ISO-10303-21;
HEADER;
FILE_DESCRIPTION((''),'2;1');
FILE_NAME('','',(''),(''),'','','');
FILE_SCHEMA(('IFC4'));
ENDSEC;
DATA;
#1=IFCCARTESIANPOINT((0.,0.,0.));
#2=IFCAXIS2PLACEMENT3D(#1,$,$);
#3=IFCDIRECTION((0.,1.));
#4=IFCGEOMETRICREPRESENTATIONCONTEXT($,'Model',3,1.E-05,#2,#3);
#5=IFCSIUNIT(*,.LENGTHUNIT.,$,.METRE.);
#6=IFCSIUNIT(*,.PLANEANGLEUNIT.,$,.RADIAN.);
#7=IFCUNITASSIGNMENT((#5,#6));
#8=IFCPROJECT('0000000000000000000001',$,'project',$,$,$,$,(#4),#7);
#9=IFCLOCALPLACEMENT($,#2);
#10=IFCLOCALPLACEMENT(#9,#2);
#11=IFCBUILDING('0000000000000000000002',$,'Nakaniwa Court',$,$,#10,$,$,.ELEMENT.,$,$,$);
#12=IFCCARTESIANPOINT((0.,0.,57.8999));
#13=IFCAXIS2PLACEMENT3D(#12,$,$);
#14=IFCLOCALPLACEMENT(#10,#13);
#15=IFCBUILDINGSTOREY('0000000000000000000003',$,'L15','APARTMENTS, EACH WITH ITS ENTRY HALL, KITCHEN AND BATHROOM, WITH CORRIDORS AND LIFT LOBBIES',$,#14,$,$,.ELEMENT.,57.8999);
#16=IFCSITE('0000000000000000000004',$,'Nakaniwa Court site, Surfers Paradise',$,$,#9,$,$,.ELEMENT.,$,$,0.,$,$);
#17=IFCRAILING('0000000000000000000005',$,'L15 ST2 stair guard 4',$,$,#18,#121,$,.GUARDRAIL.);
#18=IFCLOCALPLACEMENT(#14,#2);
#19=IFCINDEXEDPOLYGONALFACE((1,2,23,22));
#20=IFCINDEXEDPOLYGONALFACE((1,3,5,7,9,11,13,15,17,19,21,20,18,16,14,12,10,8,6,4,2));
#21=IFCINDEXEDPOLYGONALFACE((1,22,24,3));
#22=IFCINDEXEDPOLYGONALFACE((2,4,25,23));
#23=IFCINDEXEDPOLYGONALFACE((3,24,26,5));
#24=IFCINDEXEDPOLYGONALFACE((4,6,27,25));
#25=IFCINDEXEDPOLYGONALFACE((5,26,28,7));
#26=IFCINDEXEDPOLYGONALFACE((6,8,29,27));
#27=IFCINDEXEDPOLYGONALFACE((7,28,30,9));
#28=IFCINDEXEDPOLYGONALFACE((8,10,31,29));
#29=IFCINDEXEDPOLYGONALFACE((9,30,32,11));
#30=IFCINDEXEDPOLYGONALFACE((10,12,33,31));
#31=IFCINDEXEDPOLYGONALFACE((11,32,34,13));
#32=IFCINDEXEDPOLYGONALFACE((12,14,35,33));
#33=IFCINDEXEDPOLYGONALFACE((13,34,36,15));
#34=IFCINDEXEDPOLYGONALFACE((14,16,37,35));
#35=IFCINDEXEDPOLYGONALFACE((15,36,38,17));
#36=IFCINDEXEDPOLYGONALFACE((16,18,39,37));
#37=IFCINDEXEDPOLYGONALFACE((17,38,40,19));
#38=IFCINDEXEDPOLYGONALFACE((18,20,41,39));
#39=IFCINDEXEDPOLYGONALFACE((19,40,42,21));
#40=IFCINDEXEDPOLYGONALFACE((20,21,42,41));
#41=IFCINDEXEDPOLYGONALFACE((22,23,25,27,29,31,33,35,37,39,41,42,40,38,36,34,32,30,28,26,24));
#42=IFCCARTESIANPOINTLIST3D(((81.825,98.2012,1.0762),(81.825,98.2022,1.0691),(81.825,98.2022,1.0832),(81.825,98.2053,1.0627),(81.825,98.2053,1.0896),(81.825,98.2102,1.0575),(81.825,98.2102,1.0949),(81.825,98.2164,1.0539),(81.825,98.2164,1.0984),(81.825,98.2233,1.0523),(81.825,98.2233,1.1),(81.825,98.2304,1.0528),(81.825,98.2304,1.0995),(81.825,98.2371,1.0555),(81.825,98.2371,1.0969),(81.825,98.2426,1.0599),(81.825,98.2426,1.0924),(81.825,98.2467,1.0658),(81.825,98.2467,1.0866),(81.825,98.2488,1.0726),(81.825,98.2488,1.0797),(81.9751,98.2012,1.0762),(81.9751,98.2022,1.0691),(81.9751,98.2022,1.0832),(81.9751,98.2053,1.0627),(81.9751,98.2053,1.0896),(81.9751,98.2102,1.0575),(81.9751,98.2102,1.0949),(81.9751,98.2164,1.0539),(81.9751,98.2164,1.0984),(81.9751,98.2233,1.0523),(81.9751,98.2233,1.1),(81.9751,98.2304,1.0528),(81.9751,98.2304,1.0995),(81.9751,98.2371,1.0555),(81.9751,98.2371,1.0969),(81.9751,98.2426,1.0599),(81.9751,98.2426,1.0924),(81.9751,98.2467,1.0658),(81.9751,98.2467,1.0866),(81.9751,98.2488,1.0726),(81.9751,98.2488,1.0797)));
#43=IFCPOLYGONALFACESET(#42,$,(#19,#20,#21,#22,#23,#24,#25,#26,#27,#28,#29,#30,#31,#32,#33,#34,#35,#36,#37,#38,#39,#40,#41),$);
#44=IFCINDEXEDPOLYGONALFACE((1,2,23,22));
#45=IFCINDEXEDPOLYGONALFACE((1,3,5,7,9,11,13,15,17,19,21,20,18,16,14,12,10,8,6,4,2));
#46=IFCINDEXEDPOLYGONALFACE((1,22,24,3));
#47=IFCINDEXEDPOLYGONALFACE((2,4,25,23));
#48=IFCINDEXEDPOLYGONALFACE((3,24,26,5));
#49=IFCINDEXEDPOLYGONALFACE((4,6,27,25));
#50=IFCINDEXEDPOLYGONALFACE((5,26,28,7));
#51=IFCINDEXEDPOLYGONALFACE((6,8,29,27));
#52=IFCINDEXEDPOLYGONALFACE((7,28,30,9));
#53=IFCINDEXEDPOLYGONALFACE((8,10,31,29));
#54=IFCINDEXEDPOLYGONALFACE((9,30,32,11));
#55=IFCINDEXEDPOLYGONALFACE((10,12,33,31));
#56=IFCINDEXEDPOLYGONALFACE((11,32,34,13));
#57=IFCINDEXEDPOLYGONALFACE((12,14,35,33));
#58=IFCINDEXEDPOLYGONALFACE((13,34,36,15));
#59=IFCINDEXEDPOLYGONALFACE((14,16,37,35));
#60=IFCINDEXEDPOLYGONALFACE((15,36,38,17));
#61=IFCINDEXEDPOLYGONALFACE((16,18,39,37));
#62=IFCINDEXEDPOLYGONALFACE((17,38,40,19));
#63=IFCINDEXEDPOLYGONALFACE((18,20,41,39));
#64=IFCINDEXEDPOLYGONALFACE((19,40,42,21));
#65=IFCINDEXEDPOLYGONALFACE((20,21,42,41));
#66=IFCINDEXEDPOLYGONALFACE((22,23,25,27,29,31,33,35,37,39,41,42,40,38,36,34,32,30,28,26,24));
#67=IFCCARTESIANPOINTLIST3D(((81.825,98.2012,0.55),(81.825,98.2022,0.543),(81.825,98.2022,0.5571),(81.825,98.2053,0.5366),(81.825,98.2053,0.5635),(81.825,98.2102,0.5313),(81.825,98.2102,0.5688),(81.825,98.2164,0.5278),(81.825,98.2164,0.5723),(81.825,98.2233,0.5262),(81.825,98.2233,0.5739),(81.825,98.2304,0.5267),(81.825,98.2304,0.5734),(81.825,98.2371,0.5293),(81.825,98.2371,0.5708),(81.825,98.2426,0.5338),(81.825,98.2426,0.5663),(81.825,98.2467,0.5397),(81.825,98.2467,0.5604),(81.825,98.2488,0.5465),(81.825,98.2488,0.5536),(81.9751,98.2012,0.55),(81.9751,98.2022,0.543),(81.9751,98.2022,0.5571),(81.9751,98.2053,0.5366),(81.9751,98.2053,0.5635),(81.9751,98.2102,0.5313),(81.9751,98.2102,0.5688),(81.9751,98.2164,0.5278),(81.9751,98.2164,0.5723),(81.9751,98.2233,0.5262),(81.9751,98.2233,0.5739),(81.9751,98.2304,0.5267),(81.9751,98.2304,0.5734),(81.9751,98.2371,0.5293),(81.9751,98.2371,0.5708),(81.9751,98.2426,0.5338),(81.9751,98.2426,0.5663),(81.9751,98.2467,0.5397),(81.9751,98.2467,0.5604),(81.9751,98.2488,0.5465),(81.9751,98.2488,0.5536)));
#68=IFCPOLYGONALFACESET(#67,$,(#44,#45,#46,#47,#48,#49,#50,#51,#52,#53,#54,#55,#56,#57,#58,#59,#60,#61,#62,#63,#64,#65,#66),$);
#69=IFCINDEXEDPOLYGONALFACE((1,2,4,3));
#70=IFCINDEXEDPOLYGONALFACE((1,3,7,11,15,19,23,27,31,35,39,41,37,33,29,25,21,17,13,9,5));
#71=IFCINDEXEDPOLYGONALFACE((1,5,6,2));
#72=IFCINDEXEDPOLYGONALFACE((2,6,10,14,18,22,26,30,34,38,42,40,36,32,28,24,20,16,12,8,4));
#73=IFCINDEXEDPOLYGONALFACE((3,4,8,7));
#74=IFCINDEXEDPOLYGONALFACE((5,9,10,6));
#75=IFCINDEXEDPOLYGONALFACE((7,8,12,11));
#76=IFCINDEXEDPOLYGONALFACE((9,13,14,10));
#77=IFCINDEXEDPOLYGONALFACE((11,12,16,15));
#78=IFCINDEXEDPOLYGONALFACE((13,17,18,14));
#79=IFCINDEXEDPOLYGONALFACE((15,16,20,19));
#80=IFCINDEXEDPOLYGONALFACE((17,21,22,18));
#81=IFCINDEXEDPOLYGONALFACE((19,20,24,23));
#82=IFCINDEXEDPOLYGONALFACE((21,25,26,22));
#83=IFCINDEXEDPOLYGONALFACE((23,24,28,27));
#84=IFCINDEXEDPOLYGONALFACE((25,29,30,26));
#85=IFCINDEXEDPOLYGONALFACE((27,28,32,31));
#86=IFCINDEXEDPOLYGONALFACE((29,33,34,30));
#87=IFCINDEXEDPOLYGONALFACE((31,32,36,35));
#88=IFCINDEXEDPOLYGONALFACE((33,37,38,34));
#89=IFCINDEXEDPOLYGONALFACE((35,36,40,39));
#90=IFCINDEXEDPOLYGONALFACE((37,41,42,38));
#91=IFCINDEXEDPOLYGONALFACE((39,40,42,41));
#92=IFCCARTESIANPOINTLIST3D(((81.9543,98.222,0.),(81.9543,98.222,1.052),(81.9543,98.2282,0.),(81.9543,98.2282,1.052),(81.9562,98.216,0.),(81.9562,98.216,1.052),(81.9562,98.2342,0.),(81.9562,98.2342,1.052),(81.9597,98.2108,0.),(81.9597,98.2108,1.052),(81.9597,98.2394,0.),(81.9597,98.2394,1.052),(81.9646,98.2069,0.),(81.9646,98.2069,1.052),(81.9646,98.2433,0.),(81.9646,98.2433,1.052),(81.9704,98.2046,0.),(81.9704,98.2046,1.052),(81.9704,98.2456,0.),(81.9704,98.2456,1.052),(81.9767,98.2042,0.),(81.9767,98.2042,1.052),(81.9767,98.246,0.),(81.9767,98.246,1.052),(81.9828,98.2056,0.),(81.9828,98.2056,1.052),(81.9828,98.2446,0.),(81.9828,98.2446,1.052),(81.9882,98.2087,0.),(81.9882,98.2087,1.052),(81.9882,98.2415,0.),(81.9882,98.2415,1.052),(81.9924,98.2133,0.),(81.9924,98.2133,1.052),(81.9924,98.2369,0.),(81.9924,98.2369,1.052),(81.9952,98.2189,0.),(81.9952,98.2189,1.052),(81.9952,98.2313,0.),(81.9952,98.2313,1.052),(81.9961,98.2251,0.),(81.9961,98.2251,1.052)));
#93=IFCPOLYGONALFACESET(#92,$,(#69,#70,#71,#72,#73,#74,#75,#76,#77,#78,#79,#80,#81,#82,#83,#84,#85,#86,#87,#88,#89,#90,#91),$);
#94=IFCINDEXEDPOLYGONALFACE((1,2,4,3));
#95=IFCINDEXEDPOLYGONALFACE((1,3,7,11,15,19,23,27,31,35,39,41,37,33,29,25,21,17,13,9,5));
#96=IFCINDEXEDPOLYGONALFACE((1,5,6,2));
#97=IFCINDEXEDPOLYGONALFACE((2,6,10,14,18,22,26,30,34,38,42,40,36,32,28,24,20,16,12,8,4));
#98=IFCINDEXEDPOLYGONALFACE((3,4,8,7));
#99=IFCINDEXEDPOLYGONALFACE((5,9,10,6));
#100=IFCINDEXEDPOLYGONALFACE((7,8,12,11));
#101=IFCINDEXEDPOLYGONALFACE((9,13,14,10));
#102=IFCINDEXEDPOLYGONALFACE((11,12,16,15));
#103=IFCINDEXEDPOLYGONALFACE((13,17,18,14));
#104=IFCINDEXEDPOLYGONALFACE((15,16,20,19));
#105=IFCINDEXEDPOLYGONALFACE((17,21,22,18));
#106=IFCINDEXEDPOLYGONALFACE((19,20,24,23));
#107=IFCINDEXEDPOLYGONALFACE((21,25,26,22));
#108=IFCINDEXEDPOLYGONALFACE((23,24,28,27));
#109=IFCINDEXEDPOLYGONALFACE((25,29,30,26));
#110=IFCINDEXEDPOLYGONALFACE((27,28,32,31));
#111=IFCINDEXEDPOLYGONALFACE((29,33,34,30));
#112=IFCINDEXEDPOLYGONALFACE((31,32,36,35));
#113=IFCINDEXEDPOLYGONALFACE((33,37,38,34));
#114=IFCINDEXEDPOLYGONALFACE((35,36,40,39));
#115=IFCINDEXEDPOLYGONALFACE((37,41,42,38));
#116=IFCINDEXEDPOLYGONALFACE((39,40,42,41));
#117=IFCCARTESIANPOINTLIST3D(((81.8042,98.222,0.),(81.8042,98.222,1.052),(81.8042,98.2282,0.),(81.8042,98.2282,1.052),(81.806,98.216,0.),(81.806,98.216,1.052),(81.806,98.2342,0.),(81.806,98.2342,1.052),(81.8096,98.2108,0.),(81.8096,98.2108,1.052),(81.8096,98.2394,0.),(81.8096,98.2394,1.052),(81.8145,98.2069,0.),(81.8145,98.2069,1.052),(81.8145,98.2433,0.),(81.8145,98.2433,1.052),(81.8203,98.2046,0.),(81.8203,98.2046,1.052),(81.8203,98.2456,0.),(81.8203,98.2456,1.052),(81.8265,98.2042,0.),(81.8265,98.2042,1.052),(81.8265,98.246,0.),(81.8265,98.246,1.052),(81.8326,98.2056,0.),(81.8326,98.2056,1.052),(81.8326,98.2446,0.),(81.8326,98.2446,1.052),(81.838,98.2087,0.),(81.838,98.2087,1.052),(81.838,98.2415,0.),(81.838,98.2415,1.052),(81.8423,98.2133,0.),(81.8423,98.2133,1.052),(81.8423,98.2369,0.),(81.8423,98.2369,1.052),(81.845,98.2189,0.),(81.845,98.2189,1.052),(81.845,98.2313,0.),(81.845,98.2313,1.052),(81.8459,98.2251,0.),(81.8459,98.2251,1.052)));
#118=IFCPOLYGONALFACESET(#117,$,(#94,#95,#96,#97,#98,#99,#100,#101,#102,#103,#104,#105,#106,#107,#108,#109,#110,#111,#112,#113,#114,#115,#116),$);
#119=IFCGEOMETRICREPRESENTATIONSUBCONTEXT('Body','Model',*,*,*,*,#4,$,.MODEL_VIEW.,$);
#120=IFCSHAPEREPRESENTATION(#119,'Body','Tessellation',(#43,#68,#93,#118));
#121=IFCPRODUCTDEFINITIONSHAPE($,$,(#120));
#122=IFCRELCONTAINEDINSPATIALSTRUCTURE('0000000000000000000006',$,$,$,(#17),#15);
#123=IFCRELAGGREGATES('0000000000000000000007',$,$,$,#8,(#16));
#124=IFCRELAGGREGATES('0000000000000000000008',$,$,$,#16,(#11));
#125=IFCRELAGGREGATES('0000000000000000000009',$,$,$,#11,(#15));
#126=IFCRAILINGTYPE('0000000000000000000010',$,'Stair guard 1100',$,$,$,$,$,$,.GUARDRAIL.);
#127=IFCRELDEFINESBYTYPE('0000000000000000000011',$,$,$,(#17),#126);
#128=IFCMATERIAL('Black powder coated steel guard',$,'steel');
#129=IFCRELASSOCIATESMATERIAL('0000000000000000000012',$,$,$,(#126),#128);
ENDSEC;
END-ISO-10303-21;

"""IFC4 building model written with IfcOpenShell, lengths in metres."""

from ifc_helpers import new_model, si_unit, direction, frame, origin, origin_2d, place, context, subcontext, project, spatial, circle, extrude, material, type_object, element, save


model = new_model("IFC4")

# Units and contexts
model_context = context("Model", 3, precision=1e-05, world=origin(), true_north=direction((0.0, 1.0)))
body_context = subcontext(model_context, "Body", "Model", "MODEL_VIEW")
ifc_project = project(units=[si_unit("LENGTHUNIT", "METRE"), si_unit("PLANEANGLEUNIT", "RADIAN")], contexts=[model_context])

# Site, building, storey
site_placement = place(None, origin())
site = spatial("IfcSite", under=ifc_project, at=site_placement, Name="Nakaniwa Court site, Surfers Paradise", CompositionType="ELEMENT", RefElevation=0.0)
building_placement = place(site_placement, origin())
building = spatial("IfcBuilding", under=site, at=building_placement, Name="Nakaniwa Court", CompositionType="ELEMENT")
storey_placement = place(building_placement, frame((0.0, 0.0, 57.8999)))
storey = spatial("IfcBuildingStorey", under=building, at=storey_placement, Name="L15", Description="APARTMENTS, EACH WITH ITS ENTRY HALL, KITCHEN AND BATHROOM, WITH CORRIDORS AND LIFT LOBBIES", CompositionType="ELEMENT", Elevation=57.8999)

# Railing
ifc_material_1 = material(Name="Black powder coated steel guard", Category="steel")
railing_type_1 = type_object("IfcRailingType", Name="Stair guard 1100", PredefinedType="GUARDRAIL", material=ifc_material_1)
railing_1_placement = place(storey_placement, frame((81.9751, 98.2251, 0.0)))
element("IfcRailing", 1, at=railing_1_placement, inside=storey, type_object=railing_type_1, Name="L15 ST2 stair guard 4", PredefinedType="GUARDRAIL", context=body_context, shape_type="SweptSolid", body=[
    extrude(circle(Radius=0.0239, at=origin_2d()), frame((0.0, 0.0, 1.0762), z_axis=(-1.0, 0.0, 0.0), x_axis=(0.0, -1.0, 0.0)), (0.0, 0.0, 1.0), 0.1501),
    extrude(circle(Radius=0.0239, at=origin_2d()), frame((0.0, 0.0, 0.55), z_axis=(-1.0, 0.0, 0.0), x_axis=(0.0, -1.0, 0.0)), (0.0, 0.0, 1.0), 0.1501),
    extrude(circle(Radius=0.021, at=origin_2d()), origin(), (0.0, 0.0, 1.0), 1.052),
    extrude(circle(Radius=0.021, at=origin_2d()), frame((-0.1501, 0.0, 0.0)), (0.0, 0.0, 1.0), 1.052),
])

save(model, "model.ifc")
